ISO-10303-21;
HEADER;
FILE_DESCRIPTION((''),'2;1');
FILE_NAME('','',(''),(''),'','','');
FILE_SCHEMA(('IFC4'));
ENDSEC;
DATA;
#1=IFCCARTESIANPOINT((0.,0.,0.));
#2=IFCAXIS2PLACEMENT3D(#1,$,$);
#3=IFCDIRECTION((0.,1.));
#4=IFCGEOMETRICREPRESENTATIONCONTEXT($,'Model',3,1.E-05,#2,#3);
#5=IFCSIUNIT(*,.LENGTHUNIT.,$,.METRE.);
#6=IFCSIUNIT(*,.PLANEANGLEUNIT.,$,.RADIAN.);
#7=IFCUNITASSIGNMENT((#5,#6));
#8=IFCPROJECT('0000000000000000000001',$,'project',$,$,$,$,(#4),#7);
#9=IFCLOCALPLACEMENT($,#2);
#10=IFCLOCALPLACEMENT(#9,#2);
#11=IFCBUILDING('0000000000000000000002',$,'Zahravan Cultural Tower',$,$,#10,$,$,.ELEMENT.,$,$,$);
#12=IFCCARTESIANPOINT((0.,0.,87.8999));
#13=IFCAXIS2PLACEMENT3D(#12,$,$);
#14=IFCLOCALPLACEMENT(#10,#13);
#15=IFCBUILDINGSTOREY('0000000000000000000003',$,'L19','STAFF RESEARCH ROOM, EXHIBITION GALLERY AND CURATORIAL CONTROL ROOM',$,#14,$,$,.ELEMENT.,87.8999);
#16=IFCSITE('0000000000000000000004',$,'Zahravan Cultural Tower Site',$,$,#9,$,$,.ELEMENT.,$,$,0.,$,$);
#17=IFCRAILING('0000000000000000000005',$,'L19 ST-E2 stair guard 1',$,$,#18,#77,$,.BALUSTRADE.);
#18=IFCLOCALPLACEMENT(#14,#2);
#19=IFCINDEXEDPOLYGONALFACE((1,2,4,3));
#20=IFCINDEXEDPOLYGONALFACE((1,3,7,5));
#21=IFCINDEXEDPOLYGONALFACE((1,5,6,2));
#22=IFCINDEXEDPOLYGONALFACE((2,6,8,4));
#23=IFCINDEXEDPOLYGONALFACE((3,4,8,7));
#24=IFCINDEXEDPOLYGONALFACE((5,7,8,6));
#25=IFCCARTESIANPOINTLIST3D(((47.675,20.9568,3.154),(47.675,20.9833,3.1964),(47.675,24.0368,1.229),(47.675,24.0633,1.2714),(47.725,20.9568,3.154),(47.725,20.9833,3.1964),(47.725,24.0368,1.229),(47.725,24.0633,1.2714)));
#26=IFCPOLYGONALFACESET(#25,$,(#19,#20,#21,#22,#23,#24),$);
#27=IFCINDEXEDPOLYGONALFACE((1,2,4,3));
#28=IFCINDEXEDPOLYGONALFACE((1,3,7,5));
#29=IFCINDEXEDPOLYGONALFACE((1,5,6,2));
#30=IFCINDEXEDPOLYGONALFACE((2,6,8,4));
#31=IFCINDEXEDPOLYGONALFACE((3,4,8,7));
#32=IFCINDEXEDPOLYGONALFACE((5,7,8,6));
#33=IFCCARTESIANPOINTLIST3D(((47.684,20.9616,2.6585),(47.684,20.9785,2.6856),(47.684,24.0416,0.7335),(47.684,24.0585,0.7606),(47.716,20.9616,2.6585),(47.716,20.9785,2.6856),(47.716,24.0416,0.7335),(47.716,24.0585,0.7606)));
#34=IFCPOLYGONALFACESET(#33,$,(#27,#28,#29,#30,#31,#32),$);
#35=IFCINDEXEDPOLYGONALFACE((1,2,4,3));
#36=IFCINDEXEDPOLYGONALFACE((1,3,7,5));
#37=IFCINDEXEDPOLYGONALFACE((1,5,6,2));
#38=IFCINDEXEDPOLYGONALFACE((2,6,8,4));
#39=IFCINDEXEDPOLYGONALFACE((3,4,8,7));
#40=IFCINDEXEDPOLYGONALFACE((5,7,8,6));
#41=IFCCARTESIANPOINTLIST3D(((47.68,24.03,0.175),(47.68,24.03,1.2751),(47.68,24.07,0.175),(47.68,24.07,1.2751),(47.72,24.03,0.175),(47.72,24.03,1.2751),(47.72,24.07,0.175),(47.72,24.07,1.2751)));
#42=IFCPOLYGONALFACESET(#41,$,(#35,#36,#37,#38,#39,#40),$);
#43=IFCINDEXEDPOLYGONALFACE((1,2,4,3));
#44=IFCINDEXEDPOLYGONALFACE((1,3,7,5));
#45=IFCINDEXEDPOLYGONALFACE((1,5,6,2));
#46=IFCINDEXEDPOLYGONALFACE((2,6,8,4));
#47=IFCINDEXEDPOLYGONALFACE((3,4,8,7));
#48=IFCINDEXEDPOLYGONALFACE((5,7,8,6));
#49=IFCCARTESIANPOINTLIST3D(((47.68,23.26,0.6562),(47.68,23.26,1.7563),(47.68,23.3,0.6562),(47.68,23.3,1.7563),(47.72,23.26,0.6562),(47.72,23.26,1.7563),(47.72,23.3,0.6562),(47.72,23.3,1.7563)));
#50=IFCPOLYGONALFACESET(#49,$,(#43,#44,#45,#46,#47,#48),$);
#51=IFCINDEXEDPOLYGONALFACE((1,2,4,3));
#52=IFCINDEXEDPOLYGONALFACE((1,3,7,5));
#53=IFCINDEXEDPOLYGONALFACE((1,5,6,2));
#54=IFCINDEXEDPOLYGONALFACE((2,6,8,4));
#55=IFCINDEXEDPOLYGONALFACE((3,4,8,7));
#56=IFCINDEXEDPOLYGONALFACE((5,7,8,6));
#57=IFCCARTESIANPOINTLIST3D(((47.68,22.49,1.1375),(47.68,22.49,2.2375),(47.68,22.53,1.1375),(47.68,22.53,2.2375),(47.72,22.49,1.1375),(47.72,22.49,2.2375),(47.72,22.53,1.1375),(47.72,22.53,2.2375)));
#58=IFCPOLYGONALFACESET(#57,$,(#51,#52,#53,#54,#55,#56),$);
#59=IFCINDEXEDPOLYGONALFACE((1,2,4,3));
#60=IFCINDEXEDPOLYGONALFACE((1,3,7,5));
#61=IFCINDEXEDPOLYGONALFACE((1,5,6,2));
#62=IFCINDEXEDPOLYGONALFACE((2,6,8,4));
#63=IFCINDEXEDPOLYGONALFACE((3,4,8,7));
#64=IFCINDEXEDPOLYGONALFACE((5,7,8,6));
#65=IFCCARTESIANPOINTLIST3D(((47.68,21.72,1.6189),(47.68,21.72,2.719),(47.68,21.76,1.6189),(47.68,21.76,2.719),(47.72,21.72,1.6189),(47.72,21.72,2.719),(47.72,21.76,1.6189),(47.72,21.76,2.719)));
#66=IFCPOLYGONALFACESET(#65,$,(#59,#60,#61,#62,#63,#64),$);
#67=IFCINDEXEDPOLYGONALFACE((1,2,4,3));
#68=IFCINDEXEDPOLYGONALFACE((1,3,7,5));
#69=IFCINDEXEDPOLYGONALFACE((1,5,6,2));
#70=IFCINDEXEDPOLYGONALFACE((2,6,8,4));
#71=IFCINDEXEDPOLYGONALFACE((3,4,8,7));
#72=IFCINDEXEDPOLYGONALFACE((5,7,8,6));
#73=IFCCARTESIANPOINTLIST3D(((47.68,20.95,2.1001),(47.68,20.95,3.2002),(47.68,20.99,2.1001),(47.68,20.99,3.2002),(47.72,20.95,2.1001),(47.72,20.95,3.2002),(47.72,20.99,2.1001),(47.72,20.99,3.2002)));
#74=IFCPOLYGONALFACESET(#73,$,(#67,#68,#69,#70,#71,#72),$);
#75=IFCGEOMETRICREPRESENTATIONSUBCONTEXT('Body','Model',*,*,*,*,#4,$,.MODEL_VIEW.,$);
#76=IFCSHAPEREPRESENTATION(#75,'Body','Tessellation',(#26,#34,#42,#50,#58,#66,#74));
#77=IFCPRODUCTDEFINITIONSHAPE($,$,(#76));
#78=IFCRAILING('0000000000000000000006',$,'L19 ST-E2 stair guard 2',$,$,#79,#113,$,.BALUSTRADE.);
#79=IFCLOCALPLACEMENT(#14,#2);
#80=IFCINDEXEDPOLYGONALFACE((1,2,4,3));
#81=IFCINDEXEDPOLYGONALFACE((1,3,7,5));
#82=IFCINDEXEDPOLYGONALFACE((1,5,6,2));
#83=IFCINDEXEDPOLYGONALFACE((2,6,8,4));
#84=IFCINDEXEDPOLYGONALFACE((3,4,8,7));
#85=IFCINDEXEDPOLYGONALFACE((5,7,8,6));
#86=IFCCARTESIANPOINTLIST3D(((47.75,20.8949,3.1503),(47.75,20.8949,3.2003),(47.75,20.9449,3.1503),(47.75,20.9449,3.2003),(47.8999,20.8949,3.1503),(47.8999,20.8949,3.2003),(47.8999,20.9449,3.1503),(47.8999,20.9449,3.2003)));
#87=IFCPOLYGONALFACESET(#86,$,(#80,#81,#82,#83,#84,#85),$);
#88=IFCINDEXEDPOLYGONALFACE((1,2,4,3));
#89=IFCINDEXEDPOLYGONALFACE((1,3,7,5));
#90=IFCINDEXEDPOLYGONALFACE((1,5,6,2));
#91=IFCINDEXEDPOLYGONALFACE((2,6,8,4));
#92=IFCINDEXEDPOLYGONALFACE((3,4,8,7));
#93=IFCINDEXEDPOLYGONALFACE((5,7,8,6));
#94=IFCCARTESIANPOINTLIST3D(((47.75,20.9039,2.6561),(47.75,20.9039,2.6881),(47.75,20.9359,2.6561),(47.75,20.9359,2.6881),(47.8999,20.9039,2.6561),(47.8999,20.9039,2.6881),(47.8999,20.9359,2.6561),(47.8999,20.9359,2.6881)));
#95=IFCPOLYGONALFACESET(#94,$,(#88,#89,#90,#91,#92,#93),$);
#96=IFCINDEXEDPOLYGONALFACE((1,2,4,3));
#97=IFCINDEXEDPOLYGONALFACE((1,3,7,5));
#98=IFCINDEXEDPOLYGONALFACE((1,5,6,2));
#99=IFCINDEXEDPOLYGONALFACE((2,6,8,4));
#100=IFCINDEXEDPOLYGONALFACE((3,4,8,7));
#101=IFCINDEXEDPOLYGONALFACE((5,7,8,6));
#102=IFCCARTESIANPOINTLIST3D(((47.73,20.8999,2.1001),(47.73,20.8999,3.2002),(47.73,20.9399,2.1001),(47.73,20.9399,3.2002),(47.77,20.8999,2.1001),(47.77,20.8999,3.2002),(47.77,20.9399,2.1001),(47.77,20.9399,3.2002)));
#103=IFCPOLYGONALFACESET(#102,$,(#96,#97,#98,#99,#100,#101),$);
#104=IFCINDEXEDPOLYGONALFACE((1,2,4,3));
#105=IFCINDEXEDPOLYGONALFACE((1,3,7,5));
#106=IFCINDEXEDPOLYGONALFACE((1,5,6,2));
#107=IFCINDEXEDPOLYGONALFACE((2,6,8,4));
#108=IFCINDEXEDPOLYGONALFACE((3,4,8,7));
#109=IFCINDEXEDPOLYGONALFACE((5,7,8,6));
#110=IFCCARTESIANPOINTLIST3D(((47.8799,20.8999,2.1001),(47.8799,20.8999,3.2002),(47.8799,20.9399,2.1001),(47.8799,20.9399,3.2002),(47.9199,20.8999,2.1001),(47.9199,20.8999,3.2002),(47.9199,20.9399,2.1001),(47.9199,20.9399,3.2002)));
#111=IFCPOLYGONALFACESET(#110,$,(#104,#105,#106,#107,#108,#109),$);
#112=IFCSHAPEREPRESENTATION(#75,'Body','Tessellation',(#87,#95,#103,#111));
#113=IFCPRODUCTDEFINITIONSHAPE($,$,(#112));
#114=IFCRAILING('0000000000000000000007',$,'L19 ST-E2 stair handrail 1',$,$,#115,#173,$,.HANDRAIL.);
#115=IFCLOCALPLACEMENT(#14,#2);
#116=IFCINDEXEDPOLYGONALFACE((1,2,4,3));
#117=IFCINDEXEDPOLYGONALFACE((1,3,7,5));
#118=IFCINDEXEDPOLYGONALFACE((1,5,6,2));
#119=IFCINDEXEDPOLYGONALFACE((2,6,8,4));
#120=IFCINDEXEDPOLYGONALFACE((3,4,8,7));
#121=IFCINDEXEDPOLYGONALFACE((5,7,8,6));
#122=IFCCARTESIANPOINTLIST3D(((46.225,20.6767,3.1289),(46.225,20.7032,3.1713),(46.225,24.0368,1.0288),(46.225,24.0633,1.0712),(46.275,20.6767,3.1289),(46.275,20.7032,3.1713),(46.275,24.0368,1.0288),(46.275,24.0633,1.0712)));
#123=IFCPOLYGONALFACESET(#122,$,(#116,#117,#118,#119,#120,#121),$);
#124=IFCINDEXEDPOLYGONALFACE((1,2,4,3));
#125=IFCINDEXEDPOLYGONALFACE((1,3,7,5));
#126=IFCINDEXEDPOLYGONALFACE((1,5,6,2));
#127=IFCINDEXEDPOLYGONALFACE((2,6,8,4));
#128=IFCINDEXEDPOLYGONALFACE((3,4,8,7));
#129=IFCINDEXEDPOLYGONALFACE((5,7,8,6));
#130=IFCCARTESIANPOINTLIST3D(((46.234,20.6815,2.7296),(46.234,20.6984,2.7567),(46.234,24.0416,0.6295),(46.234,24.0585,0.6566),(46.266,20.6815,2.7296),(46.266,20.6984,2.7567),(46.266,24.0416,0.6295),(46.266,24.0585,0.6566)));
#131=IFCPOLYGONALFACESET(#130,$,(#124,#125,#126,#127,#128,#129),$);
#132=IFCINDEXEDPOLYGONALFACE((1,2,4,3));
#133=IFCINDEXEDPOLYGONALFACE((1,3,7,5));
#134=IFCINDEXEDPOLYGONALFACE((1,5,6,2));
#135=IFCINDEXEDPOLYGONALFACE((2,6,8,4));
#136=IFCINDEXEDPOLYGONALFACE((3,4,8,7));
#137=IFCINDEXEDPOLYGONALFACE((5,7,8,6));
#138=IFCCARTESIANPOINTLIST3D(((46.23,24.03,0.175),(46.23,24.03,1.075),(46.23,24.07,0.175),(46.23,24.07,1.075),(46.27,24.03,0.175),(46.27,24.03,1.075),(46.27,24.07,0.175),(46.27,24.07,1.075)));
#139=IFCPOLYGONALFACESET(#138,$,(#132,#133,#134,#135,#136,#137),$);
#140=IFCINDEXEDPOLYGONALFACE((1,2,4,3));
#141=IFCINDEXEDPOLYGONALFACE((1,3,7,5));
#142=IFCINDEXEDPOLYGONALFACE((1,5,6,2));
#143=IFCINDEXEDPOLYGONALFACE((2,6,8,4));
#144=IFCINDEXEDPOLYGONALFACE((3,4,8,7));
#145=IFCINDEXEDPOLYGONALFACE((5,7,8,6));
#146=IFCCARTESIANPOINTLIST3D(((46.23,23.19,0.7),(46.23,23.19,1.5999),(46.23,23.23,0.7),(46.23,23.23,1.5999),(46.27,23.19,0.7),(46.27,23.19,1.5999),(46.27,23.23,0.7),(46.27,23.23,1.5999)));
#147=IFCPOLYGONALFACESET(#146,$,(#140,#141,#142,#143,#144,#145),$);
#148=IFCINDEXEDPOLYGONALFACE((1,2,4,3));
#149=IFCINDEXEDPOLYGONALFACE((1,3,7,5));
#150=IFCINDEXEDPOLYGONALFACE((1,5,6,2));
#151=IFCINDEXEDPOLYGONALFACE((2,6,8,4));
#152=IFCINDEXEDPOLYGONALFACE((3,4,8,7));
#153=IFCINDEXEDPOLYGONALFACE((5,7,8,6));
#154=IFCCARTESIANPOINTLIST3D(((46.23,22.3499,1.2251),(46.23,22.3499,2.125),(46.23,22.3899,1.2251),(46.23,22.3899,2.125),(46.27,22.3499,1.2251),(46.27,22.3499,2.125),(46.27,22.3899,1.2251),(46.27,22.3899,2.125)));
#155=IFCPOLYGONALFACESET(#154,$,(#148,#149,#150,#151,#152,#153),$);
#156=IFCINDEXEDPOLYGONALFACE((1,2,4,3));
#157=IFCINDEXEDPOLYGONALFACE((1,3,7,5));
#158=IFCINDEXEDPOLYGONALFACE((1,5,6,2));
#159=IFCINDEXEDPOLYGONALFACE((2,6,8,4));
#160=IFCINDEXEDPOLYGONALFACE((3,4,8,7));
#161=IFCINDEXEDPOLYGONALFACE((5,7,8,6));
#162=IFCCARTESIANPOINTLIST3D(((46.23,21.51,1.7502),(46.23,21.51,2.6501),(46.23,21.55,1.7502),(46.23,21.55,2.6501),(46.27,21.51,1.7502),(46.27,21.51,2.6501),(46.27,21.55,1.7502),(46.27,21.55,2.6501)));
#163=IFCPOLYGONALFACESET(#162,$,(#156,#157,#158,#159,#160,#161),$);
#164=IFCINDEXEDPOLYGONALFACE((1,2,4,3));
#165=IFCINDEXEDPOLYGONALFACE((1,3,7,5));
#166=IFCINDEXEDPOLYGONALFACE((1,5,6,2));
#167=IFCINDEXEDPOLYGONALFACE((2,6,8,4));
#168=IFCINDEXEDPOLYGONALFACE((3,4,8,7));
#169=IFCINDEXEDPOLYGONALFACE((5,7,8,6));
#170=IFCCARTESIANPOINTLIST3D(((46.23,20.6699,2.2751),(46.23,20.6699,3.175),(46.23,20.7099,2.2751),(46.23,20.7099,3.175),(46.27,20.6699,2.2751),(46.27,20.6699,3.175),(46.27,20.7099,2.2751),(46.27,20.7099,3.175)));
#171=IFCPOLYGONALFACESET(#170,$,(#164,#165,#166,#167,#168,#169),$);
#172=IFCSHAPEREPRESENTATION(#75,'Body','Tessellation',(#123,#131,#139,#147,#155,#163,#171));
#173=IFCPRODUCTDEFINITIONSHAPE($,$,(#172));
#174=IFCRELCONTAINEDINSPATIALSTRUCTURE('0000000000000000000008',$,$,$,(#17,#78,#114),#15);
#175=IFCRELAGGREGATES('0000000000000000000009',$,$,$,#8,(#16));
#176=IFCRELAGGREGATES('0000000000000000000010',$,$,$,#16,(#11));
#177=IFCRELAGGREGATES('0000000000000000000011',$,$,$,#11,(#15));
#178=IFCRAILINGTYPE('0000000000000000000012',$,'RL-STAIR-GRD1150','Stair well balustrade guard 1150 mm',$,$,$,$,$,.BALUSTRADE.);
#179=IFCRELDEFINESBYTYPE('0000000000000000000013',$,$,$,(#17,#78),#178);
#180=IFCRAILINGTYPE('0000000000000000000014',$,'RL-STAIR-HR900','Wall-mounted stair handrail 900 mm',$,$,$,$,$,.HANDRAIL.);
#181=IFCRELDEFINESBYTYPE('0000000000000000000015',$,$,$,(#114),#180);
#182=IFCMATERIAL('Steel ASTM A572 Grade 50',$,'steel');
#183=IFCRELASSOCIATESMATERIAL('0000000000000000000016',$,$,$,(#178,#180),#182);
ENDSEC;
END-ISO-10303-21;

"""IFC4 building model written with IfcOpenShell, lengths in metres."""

from ifc_helpers import new_model, si_unit, direction, frame, origin, origin_2d, place, context, subcontext, project, spatial, rectangle, extrude, material, type_object, element, save


model = new_model("IFC4")

# Units and contexts
model_context = context("Model", 3, precision=1e-05, world=origin(), true_north=direction((0.0, 1.0)))
body_context = subcontext(model_context, "Body", "Model", "MODEL_VIEW")
ifc_project = project(units=[si_unit("LENGTHUNIT", "METRE"), si_unit("PLANEANGLEUNIT", "RADIAN")], contexts=[model_context])

# Site, building, storey
site_placement = place(None, origin())
site = spatial("IfcSite", under=ifc_project, at=site_placement, Name="Zahravan Cultural Tower Site", CompositionType="ELEMENT", RefElevation=0.0)
building_placement = place(site_placement, origin())
building = spatial("IfcBuilding", under=site, at=building_placement, Name="Zahravan Cultural Tower", CompositionType="ELEMENT")
storey_placement = place(building_placement, frame((0.0, 0.0, 87.8999)))
storey = spatial("IfcBuildingStorey", under=building, at=storey_placement, Name="L19", Description="STAFF RESEARCH ROOM, EXHIBITION GALLERY AND CURATORIAL CONTROL ROOM", CompositionType="ELEMENT", Elevation=87.8999)

# Shared definitions
ifc_material_1 = material(Name="Steel ASTM A572 Grade 50", Category="steel")

# Railings
railing_type_1 = type_object("IfcRailingType", Name="RL-STAIR-GRD1150", Description="Stair well balustrade guard 1150 mm", PredefinedType="BALUSTRADE", material=ifc_material_1)
railing_1_placement = place(storey_placement, frame((47.7, 24.05, 0.175)))
element("IfcRailing", 1, at=railing_1_placement, inside=storey, type_object=railing_type_1, Name="L19 ST-E2 stair guard 1", PredefinedType="BALUSTRADE", context=body_context, shape_type="SweptSolid", body=[
    extrude(rectangle(XDim=0.05, YDim=0.05, at=origin_2d()), frame((0.0, 0.0, 1.0752), z_axis=(0.0, -0.847998, 0.529999), x_axis=(1.0, 0.0, 0.0)), (0.0, 0.0, 1.0), 3.6321),
    extrude(rectangle(XDim=0.032, YDim=0.032, at=origin_2d()), frame((0.0, 0.0, 0.572), z_axis=(0.0, -0.847998, 0.529999), x_axis=(1.0, 0.0, 0.0)), (0.0, 0.0, 1.0), 3.6321),
    extrude(rectangle(XDim=0.04, YDim=0.04, at=origin_2d()), origin(), (0.0, 0.0, 1.0), 1.1001),
    extrude(rectangle(XDim=0.04, YDim=0.04, at=origin_2d()), frame((0.0, -0.77, 0.4812)), (0.0, 0.0, 1.0), 1.1001),
    extrude(rectangle(XDim=0.04, YDim=0.04, at=origin_2d()), frame((0.0, -1.54, 0.9624)), (0.0, 0.0, 1.0), 1.1001),
    extrude(rectangle(XDim=0.04, YDim=0.04, at=origin_2d()), frame((0.0, -2.3101, 1.4438)), (0.0, 0.0, 1.0), 1.1001),
    extrude(rectangle(XDim=0.04, YDim=0.04, at=origin_2d()), frame((0.0, -3.0801, 1.925)), (0.0, 0.0, 1.0), 1.1001),
])
railing_2_placement = place(storey_placement, frame((47.75, 20.9199, 2.1001)))
element("IfcRailing", 2, at=railing_2_placement, inside=storey, type_object=railing_type_1, Name="L19 ST-E2 stair guard 2", PredefinedType="BALUSTRADE", context=body_context, shape_type="SweptSolid", body=[
    extrude(rectangle(XDim=0.05, YDim=0.05, at=origin_2d()), frame((0.0, 0.0, 1.0752), z_axis=(1.0, 0.0, 0.0), x_axis=(0.0, 1.0, 0.0)), (0.0, 0.0, 1.0), 0.1499),
    extrude(rectangle(XDim=0.032, YDim=0.032, at=origin_2d()), frame((0.0, 0.0, 0.572), z_axis=(1.0, 0.0, 0.0), x_axis=(0.0, 1.0, 0.0)), (0.0, 0.0, 1.0), 0.1499),
    extrude(rectangle(XDim=0.04, YDim=0.04, at=origin_2d()), origin(), (0.0, 0.0, 1.0), 1.1001),
    extrude(rectangle(XDim=0.04, YDim=0.04, at=origin_2d()), frame((0.1499, 0.0, 0.0)), (0.0, 0.0, 1.0), 1.1001),
])
railing_type_2 = type_object("IfcRailingType", Name="RL-STAIR-HR900", Description="Wall-mounted stair handrail 900 mm", PredefinedType="HANDRAIL", material=ifc_material_1)
railing_3_placement = place(storey_placement, frame((46.25, 24.05, 0.175)))
element("IfcRailing", 3, at=railing_3_placement, inside=storey, type_object=railing_type_2, Name="L19 ST-E2 stair handrail 1", PredefinedType="HANDRAIL", context=body_context, shape_type="SweptSolid", body=[
    extrude(rectangle(XDim=0.05, YDim=0.05, at=origin_2d()), frame((0.0, 0.0, 0.875), z_axis=(0.0, -0.847995, 0.530004), x_axis=(1.0, 0.0, 0.0)), (0.0, 0.0, 1.0), 3.9624),
    extrude(rectangle(XDim=0.032, YDim=0.032, at=origin_2d()), frame((0.0, 0.0, 0.468), z_axis=(0.0, -0.847995, 0.530004), x_axis=(1.0, 0.0, 0.0)), (0.0, 0.0, 1.0), 3.9624),
    extrude(rectangle(XDim=0.04, YDim=0.04, at=origin_2d()), origin(), (0.0, 0.0, 1.0), 0.8999),
    extrude(rectangle(XDim=0.04, YDim=0.04, at=origin_2d()), frame((0.0, -0.8401, 0.5249)), (0.0, 0.0, 1.0), 0.8999),
    extrude(rectangle(XDim=0.04, YDim=0.04, at=origin_2d()), frame((0.0, -1.6802, 1.05)), (0.0, 0.0, 1.0), 0.8999),
    extrude(rectangle(XDim=0.04, YDim=0.04, at=origin_2d()), frame((0.0, -2.52, 1.5752)), (0.0, 0.0, 1.0), 0.8999),
    extrude(rectangle(XDim=0.04, YDim=0.04, at=origin_2d()), frame((0.0, -3.3601, 2.1001)), (0.0, 0.0, 1.0), 0.8999),
])

save(model, "model.ifc")
